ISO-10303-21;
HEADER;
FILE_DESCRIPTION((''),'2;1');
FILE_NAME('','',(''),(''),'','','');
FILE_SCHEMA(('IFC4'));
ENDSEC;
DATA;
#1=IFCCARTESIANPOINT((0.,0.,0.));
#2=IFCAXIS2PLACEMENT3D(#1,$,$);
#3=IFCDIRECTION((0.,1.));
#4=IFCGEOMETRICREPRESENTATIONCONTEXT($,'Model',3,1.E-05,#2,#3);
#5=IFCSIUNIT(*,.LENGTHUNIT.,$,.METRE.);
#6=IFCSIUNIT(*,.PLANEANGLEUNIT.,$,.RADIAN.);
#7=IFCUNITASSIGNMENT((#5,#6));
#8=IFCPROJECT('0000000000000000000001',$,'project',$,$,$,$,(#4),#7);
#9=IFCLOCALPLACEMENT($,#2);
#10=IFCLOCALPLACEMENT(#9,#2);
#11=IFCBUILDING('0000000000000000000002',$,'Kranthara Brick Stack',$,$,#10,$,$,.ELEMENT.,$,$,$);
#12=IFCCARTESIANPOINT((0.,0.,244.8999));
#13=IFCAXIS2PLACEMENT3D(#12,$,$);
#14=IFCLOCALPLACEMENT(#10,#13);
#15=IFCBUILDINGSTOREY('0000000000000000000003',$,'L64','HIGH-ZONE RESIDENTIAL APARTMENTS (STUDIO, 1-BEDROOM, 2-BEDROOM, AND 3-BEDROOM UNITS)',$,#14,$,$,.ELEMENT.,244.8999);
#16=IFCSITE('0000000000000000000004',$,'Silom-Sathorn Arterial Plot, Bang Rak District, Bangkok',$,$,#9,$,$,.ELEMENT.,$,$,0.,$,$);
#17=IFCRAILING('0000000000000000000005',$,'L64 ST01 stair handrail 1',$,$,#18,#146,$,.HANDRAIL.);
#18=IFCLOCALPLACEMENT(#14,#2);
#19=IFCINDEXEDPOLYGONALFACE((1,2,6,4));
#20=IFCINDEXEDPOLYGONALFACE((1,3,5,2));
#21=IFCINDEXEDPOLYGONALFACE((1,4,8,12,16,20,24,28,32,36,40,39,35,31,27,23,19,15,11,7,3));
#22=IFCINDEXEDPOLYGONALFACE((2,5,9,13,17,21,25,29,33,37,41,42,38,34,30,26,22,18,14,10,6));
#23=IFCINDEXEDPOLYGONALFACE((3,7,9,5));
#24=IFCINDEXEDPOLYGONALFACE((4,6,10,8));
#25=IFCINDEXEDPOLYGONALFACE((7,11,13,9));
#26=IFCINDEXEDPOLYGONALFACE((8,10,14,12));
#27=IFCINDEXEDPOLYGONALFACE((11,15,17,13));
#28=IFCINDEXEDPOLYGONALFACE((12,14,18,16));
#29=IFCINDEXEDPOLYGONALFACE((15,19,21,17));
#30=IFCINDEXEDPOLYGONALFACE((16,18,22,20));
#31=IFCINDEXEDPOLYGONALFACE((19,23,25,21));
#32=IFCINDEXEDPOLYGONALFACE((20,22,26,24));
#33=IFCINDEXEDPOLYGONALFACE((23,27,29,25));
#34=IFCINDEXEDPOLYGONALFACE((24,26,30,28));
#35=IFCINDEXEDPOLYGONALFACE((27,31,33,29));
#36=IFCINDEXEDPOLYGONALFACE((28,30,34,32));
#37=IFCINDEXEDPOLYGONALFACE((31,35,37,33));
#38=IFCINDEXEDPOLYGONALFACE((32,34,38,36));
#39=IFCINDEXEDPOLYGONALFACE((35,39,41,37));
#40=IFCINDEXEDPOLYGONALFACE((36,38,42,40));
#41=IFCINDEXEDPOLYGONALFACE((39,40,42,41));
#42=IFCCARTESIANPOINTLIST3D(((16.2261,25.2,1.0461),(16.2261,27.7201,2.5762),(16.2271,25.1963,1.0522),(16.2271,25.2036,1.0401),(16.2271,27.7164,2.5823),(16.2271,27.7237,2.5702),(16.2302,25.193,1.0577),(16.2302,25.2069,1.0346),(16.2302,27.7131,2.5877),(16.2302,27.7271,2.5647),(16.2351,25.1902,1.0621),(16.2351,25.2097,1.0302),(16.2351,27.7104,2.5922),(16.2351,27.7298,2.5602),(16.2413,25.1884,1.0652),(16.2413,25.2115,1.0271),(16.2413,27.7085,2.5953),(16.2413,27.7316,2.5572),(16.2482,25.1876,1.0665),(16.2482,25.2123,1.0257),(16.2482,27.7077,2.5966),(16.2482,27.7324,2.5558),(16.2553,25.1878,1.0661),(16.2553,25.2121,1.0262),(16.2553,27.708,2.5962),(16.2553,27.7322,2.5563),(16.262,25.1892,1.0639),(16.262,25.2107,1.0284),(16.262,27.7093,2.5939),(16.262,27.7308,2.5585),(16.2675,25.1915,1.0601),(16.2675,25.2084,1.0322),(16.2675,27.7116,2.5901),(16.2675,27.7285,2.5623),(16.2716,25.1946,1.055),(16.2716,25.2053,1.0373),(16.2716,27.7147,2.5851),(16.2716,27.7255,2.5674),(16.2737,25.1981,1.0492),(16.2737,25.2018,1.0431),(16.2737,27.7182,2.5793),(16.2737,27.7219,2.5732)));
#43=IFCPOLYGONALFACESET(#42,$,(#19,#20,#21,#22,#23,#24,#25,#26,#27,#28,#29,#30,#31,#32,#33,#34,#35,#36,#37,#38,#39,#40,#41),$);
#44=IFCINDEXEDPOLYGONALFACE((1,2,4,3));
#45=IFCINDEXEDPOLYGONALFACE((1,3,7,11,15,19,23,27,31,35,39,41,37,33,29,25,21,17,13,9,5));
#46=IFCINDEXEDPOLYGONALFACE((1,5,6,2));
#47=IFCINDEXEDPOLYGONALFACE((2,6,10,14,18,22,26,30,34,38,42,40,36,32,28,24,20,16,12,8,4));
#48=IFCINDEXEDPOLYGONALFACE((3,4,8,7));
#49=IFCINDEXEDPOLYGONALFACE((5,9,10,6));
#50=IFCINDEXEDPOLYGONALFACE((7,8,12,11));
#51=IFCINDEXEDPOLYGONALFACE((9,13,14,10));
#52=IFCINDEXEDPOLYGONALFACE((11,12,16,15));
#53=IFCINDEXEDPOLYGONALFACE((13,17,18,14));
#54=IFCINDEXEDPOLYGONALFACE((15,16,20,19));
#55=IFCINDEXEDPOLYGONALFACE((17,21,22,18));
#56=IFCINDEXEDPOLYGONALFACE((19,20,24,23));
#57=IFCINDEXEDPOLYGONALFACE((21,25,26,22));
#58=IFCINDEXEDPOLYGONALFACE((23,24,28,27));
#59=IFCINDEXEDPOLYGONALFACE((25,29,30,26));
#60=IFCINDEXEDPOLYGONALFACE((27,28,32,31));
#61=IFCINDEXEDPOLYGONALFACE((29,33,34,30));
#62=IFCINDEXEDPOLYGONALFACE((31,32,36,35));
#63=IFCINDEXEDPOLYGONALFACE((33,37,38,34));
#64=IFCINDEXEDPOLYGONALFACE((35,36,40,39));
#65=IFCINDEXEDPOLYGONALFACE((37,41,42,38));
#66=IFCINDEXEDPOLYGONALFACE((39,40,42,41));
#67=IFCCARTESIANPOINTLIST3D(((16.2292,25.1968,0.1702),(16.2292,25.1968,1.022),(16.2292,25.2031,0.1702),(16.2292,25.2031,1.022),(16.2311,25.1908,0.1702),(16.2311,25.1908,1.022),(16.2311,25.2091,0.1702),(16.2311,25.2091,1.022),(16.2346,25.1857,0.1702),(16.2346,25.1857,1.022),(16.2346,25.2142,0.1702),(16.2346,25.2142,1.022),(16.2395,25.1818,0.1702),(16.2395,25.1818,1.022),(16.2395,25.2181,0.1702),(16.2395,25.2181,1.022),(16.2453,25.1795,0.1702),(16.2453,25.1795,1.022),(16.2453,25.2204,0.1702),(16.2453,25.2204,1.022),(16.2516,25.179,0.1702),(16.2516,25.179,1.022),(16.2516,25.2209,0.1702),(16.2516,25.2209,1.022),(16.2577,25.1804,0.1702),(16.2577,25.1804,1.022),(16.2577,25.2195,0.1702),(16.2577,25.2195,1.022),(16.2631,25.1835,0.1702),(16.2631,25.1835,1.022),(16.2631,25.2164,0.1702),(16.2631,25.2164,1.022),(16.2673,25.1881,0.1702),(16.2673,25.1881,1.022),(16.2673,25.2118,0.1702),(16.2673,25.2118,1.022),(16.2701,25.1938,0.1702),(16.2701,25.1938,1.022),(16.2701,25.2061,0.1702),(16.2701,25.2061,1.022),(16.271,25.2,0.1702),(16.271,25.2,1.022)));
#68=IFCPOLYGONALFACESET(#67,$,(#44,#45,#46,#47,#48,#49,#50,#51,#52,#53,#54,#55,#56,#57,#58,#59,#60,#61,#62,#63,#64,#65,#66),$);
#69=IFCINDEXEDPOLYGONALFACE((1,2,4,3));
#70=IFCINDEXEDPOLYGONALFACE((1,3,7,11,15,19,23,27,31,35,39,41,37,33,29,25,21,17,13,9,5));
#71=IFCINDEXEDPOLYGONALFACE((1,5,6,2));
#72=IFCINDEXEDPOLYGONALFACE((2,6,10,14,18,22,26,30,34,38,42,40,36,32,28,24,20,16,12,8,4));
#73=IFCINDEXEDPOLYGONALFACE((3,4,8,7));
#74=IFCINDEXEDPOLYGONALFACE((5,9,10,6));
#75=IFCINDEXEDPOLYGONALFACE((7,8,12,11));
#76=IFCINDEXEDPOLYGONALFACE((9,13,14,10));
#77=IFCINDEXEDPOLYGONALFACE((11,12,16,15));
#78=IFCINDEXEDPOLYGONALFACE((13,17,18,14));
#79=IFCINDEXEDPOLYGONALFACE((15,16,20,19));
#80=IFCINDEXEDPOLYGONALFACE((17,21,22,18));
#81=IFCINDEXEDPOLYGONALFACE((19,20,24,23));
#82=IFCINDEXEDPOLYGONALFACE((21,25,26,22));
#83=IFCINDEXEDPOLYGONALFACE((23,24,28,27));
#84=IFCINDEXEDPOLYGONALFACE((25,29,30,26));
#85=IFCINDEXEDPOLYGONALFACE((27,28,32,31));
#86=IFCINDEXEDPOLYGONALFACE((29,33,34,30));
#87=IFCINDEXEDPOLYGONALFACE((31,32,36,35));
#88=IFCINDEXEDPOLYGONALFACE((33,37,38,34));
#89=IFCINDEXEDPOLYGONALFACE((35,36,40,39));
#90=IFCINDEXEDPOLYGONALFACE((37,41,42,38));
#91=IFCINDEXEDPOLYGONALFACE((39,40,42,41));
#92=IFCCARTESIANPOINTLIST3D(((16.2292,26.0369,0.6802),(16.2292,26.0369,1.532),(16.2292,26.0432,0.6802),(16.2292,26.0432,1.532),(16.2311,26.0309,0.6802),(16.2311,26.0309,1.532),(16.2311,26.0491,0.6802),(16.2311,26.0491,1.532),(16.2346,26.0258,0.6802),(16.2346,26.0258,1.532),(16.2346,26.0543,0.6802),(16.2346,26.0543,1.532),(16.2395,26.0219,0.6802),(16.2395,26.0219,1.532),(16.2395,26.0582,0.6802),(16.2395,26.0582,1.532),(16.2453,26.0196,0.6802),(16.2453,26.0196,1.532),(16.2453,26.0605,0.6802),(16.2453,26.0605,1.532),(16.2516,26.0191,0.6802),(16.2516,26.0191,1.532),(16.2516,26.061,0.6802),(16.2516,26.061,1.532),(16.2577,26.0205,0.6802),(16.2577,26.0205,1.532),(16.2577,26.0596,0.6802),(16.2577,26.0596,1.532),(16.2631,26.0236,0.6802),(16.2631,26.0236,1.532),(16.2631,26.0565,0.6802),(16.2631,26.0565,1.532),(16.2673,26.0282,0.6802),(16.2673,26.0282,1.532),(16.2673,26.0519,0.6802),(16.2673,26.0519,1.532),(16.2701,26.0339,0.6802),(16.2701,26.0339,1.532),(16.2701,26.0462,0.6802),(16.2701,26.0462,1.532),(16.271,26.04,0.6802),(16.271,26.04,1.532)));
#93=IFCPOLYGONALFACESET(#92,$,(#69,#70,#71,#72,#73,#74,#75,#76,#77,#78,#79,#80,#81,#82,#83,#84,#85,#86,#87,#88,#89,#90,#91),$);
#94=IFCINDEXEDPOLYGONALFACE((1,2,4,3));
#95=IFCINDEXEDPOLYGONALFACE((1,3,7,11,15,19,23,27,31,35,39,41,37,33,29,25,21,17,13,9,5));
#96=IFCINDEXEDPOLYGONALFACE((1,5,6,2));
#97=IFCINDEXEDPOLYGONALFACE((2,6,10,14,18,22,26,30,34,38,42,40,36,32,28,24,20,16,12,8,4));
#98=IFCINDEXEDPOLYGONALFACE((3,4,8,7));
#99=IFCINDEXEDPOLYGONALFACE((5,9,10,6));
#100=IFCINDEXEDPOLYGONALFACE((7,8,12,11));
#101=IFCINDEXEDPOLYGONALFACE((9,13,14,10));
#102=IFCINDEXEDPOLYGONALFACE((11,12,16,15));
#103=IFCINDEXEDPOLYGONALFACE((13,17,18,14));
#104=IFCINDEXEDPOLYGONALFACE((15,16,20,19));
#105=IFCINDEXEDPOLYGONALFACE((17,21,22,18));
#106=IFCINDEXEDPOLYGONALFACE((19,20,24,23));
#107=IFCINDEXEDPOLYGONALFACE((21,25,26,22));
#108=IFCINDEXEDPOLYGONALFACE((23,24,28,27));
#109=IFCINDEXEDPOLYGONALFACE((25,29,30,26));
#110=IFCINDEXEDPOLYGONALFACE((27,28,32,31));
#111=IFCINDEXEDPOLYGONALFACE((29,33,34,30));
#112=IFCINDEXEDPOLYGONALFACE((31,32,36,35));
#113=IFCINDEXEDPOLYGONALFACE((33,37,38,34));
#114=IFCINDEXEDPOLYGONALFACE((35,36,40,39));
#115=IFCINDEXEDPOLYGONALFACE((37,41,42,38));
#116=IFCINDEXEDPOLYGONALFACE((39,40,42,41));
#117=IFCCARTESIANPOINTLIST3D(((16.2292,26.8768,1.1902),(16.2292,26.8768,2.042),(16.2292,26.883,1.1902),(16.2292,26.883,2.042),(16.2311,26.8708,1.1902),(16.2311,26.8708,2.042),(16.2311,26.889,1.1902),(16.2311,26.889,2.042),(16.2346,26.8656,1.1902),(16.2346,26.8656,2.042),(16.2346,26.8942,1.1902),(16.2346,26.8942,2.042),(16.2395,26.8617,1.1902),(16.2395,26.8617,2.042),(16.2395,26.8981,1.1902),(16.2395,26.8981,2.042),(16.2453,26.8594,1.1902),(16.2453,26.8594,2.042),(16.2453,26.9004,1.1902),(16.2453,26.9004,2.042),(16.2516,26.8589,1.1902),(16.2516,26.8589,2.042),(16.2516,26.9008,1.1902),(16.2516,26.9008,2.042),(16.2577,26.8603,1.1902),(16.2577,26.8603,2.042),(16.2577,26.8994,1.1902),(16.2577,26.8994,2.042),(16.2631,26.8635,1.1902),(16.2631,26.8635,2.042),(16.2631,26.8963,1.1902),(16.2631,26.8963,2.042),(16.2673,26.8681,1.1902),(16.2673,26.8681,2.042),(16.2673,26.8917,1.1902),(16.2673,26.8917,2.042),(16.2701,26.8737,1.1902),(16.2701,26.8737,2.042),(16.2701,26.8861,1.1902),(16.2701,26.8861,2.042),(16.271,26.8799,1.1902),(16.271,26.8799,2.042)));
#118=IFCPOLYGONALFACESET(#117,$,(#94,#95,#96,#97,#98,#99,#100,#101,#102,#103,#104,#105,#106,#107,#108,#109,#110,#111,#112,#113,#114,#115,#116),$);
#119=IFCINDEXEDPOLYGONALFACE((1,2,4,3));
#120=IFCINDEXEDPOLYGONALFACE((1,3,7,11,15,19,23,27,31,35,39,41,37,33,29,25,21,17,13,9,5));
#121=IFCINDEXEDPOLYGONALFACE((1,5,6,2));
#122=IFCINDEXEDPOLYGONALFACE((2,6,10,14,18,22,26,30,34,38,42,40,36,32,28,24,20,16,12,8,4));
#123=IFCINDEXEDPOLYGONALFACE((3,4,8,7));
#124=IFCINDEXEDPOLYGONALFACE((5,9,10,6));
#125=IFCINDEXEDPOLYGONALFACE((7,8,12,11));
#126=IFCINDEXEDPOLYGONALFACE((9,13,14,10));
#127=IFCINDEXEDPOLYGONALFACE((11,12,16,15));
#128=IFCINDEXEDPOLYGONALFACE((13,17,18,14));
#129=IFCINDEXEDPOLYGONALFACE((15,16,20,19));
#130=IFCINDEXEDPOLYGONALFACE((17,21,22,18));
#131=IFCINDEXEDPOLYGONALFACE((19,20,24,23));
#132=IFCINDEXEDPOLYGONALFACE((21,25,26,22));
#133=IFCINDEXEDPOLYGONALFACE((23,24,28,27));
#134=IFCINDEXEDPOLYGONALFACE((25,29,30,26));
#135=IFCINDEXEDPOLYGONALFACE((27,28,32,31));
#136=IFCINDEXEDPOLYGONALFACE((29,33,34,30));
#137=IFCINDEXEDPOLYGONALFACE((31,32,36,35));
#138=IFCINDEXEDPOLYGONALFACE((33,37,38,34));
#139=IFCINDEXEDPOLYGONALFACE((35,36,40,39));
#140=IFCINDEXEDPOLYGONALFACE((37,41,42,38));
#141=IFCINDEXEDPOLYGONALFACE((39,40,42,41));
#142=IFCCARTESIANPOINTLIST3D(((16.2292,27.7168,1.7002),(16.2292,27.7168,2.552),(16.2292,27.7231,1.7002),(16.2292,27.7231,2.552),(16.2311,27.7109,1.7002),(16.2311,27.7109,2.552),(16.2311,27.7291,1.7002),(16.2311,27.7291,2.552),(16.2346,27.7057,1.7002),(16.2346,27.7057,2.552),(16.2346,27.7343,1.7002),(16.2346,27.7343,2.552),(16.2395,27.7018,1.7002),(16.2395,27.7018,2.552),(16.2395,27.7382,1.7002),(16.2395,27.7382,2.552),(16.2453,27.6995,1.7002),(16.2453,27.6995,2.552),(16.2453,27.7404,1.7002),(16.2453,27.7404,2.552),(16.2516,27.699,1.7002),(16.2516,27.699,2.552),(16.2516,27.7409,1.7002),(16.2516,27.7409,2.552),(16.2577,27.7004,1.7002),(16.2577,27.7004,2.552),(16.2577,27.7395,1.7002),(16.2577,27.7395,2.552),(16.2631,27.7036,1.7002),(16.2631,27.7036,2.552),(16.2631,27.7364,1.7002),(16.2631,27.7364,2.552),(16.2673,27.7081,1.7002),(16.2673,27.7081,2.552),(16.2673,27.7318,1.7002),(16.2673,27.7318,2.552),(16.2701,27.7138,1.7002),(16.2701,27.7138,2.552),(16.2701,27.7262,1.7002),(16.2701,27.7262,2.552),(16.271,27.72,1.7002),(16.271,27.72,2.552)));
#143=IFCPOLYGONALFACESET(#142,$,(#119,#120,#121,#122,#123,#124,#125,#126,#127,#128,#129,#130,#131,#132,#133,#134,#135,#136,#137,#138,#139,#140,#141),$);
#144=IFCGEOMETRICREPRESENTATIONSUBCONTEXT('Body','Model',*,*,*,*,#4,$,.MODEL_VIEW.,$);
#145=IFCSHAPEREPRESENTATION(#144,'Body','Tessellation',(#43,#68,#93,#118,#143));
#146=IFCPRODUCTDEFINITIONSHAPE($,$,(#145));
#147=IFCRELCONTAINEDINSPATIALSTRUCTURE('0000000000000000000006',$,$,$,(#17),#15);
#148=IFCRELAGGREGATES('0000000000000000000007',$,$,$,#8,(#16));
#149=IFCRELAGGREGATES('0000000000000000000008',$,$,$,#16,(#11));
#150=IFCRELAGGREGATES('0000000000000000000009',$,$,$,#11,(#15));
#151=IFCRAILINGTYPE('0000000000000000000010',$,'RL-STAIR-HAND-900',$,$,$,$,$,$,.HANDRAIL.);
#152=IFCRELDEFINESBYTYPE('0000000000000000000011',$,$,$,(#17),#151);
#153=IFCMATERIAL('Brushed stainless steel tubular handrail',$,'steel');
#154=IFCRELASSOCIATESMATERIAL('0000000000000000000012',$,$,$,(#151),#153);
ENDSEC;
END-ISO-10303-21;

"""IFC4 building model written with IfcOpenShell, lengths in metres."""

from ifc_helpers import new_model, si_unit, direction, frame, origin, origin_2d, place, context, subcontext, project, spatial, circle, extrude, material, type_object, element, save


model = new_model("IFC4")

# Units and contexts
model_context = context("Model", 3, precision=1e-05, world=origin(), true_north=direction((0.0, 1.0)))
body_context = subcontext(model_context, "Body", "Model", "MODEL_VIEW")
ifc_project = project(units=[si_unit("LENGTHUNIT", "METRE"), si_unit("PLANEANGLEUNIT", "RADIAN")], contexts=[model_context])

# Site, building, storey
site_placement = place(None, origin())
site = spatial("IfcSite", under=ifc_project, at=site_placement, Name="Silom-Sathorn Arterial Plot, Bang Rak District, Bangkok", CompositionType="ELEMENT", RefElevation=0.0)
building_placement = place(site_placement, origin())
building = spatial("IfcBuilding", under=site, at=building_placement, Name="Kranthara Brick Stack", CompositionType="ELEMENT")
storey_placement = place(building_placement, frame((0.0, 0.0, 244.8999)))
storey = spatial("IfcBuildingStorey", under=building, at=storey_placement, Name="L64", Description="HIGH-ZONE RESIDENTIAL APARTMENTS (STUDIO, 1-BEDROOM, 2-BEDROOM, AND 3-BEDROOM UNITS)", CompositionType="ELEMENT", Elevation=244.8999)

# Railing
ifc_material_1 = material(Name="Brushed stainless steel tubular handrail", Category="steel")
railing_type_1 = type_object("IfcRailingType", Name="RL-STAIR-HAND-900", PredefinedType="HANDRAIL", material=ifc_material_1)
railing_1_placement = place(storey_placement, frame((16.25, 25.2, 0.1702)))
element("IfcRailing", 1, at=railing_1_placement, inside=storey, type_object=railing_type_1, Name="L64 ST01 stair handrail 1", PredefinedType="HANDRAIL", context=body_context, shape_type="SweptSolid", body=[
    extrude(circle(Radius=0.0239, at=origin_2d()), frame((0.0, 0.0, 0.876), z_axis=(0.0, 0.854785, 0.518982), x_axis=(-1.0, 0.0, 0.0)), (0.0, 0.0, 1.0), 2.9482),
    extrude(circle(Radius=0.021, at=origin_2d()), origin(), (0.0, 0.0, 1.0), 0.8518),
    extrude(circle(Radius=0.021, at=origin_2d()), frame((0.0, 0.8401, 0.51)), (0.0, 0.0, 1.0), 0.8518),
    extrude(circle(Radius=0.021, at=origin_2d()), frame((0.0, 1.6799, 1.02)), (0.0, 0.0, 1.0), 0.8518),
    extrude(circle(Radius=0.021, at=origin_2d()), frame((0.0, 2.52, 1.53)), (0.0, 0.0, 1.0), 0.8518),
])

save(model, "model.ifc")
